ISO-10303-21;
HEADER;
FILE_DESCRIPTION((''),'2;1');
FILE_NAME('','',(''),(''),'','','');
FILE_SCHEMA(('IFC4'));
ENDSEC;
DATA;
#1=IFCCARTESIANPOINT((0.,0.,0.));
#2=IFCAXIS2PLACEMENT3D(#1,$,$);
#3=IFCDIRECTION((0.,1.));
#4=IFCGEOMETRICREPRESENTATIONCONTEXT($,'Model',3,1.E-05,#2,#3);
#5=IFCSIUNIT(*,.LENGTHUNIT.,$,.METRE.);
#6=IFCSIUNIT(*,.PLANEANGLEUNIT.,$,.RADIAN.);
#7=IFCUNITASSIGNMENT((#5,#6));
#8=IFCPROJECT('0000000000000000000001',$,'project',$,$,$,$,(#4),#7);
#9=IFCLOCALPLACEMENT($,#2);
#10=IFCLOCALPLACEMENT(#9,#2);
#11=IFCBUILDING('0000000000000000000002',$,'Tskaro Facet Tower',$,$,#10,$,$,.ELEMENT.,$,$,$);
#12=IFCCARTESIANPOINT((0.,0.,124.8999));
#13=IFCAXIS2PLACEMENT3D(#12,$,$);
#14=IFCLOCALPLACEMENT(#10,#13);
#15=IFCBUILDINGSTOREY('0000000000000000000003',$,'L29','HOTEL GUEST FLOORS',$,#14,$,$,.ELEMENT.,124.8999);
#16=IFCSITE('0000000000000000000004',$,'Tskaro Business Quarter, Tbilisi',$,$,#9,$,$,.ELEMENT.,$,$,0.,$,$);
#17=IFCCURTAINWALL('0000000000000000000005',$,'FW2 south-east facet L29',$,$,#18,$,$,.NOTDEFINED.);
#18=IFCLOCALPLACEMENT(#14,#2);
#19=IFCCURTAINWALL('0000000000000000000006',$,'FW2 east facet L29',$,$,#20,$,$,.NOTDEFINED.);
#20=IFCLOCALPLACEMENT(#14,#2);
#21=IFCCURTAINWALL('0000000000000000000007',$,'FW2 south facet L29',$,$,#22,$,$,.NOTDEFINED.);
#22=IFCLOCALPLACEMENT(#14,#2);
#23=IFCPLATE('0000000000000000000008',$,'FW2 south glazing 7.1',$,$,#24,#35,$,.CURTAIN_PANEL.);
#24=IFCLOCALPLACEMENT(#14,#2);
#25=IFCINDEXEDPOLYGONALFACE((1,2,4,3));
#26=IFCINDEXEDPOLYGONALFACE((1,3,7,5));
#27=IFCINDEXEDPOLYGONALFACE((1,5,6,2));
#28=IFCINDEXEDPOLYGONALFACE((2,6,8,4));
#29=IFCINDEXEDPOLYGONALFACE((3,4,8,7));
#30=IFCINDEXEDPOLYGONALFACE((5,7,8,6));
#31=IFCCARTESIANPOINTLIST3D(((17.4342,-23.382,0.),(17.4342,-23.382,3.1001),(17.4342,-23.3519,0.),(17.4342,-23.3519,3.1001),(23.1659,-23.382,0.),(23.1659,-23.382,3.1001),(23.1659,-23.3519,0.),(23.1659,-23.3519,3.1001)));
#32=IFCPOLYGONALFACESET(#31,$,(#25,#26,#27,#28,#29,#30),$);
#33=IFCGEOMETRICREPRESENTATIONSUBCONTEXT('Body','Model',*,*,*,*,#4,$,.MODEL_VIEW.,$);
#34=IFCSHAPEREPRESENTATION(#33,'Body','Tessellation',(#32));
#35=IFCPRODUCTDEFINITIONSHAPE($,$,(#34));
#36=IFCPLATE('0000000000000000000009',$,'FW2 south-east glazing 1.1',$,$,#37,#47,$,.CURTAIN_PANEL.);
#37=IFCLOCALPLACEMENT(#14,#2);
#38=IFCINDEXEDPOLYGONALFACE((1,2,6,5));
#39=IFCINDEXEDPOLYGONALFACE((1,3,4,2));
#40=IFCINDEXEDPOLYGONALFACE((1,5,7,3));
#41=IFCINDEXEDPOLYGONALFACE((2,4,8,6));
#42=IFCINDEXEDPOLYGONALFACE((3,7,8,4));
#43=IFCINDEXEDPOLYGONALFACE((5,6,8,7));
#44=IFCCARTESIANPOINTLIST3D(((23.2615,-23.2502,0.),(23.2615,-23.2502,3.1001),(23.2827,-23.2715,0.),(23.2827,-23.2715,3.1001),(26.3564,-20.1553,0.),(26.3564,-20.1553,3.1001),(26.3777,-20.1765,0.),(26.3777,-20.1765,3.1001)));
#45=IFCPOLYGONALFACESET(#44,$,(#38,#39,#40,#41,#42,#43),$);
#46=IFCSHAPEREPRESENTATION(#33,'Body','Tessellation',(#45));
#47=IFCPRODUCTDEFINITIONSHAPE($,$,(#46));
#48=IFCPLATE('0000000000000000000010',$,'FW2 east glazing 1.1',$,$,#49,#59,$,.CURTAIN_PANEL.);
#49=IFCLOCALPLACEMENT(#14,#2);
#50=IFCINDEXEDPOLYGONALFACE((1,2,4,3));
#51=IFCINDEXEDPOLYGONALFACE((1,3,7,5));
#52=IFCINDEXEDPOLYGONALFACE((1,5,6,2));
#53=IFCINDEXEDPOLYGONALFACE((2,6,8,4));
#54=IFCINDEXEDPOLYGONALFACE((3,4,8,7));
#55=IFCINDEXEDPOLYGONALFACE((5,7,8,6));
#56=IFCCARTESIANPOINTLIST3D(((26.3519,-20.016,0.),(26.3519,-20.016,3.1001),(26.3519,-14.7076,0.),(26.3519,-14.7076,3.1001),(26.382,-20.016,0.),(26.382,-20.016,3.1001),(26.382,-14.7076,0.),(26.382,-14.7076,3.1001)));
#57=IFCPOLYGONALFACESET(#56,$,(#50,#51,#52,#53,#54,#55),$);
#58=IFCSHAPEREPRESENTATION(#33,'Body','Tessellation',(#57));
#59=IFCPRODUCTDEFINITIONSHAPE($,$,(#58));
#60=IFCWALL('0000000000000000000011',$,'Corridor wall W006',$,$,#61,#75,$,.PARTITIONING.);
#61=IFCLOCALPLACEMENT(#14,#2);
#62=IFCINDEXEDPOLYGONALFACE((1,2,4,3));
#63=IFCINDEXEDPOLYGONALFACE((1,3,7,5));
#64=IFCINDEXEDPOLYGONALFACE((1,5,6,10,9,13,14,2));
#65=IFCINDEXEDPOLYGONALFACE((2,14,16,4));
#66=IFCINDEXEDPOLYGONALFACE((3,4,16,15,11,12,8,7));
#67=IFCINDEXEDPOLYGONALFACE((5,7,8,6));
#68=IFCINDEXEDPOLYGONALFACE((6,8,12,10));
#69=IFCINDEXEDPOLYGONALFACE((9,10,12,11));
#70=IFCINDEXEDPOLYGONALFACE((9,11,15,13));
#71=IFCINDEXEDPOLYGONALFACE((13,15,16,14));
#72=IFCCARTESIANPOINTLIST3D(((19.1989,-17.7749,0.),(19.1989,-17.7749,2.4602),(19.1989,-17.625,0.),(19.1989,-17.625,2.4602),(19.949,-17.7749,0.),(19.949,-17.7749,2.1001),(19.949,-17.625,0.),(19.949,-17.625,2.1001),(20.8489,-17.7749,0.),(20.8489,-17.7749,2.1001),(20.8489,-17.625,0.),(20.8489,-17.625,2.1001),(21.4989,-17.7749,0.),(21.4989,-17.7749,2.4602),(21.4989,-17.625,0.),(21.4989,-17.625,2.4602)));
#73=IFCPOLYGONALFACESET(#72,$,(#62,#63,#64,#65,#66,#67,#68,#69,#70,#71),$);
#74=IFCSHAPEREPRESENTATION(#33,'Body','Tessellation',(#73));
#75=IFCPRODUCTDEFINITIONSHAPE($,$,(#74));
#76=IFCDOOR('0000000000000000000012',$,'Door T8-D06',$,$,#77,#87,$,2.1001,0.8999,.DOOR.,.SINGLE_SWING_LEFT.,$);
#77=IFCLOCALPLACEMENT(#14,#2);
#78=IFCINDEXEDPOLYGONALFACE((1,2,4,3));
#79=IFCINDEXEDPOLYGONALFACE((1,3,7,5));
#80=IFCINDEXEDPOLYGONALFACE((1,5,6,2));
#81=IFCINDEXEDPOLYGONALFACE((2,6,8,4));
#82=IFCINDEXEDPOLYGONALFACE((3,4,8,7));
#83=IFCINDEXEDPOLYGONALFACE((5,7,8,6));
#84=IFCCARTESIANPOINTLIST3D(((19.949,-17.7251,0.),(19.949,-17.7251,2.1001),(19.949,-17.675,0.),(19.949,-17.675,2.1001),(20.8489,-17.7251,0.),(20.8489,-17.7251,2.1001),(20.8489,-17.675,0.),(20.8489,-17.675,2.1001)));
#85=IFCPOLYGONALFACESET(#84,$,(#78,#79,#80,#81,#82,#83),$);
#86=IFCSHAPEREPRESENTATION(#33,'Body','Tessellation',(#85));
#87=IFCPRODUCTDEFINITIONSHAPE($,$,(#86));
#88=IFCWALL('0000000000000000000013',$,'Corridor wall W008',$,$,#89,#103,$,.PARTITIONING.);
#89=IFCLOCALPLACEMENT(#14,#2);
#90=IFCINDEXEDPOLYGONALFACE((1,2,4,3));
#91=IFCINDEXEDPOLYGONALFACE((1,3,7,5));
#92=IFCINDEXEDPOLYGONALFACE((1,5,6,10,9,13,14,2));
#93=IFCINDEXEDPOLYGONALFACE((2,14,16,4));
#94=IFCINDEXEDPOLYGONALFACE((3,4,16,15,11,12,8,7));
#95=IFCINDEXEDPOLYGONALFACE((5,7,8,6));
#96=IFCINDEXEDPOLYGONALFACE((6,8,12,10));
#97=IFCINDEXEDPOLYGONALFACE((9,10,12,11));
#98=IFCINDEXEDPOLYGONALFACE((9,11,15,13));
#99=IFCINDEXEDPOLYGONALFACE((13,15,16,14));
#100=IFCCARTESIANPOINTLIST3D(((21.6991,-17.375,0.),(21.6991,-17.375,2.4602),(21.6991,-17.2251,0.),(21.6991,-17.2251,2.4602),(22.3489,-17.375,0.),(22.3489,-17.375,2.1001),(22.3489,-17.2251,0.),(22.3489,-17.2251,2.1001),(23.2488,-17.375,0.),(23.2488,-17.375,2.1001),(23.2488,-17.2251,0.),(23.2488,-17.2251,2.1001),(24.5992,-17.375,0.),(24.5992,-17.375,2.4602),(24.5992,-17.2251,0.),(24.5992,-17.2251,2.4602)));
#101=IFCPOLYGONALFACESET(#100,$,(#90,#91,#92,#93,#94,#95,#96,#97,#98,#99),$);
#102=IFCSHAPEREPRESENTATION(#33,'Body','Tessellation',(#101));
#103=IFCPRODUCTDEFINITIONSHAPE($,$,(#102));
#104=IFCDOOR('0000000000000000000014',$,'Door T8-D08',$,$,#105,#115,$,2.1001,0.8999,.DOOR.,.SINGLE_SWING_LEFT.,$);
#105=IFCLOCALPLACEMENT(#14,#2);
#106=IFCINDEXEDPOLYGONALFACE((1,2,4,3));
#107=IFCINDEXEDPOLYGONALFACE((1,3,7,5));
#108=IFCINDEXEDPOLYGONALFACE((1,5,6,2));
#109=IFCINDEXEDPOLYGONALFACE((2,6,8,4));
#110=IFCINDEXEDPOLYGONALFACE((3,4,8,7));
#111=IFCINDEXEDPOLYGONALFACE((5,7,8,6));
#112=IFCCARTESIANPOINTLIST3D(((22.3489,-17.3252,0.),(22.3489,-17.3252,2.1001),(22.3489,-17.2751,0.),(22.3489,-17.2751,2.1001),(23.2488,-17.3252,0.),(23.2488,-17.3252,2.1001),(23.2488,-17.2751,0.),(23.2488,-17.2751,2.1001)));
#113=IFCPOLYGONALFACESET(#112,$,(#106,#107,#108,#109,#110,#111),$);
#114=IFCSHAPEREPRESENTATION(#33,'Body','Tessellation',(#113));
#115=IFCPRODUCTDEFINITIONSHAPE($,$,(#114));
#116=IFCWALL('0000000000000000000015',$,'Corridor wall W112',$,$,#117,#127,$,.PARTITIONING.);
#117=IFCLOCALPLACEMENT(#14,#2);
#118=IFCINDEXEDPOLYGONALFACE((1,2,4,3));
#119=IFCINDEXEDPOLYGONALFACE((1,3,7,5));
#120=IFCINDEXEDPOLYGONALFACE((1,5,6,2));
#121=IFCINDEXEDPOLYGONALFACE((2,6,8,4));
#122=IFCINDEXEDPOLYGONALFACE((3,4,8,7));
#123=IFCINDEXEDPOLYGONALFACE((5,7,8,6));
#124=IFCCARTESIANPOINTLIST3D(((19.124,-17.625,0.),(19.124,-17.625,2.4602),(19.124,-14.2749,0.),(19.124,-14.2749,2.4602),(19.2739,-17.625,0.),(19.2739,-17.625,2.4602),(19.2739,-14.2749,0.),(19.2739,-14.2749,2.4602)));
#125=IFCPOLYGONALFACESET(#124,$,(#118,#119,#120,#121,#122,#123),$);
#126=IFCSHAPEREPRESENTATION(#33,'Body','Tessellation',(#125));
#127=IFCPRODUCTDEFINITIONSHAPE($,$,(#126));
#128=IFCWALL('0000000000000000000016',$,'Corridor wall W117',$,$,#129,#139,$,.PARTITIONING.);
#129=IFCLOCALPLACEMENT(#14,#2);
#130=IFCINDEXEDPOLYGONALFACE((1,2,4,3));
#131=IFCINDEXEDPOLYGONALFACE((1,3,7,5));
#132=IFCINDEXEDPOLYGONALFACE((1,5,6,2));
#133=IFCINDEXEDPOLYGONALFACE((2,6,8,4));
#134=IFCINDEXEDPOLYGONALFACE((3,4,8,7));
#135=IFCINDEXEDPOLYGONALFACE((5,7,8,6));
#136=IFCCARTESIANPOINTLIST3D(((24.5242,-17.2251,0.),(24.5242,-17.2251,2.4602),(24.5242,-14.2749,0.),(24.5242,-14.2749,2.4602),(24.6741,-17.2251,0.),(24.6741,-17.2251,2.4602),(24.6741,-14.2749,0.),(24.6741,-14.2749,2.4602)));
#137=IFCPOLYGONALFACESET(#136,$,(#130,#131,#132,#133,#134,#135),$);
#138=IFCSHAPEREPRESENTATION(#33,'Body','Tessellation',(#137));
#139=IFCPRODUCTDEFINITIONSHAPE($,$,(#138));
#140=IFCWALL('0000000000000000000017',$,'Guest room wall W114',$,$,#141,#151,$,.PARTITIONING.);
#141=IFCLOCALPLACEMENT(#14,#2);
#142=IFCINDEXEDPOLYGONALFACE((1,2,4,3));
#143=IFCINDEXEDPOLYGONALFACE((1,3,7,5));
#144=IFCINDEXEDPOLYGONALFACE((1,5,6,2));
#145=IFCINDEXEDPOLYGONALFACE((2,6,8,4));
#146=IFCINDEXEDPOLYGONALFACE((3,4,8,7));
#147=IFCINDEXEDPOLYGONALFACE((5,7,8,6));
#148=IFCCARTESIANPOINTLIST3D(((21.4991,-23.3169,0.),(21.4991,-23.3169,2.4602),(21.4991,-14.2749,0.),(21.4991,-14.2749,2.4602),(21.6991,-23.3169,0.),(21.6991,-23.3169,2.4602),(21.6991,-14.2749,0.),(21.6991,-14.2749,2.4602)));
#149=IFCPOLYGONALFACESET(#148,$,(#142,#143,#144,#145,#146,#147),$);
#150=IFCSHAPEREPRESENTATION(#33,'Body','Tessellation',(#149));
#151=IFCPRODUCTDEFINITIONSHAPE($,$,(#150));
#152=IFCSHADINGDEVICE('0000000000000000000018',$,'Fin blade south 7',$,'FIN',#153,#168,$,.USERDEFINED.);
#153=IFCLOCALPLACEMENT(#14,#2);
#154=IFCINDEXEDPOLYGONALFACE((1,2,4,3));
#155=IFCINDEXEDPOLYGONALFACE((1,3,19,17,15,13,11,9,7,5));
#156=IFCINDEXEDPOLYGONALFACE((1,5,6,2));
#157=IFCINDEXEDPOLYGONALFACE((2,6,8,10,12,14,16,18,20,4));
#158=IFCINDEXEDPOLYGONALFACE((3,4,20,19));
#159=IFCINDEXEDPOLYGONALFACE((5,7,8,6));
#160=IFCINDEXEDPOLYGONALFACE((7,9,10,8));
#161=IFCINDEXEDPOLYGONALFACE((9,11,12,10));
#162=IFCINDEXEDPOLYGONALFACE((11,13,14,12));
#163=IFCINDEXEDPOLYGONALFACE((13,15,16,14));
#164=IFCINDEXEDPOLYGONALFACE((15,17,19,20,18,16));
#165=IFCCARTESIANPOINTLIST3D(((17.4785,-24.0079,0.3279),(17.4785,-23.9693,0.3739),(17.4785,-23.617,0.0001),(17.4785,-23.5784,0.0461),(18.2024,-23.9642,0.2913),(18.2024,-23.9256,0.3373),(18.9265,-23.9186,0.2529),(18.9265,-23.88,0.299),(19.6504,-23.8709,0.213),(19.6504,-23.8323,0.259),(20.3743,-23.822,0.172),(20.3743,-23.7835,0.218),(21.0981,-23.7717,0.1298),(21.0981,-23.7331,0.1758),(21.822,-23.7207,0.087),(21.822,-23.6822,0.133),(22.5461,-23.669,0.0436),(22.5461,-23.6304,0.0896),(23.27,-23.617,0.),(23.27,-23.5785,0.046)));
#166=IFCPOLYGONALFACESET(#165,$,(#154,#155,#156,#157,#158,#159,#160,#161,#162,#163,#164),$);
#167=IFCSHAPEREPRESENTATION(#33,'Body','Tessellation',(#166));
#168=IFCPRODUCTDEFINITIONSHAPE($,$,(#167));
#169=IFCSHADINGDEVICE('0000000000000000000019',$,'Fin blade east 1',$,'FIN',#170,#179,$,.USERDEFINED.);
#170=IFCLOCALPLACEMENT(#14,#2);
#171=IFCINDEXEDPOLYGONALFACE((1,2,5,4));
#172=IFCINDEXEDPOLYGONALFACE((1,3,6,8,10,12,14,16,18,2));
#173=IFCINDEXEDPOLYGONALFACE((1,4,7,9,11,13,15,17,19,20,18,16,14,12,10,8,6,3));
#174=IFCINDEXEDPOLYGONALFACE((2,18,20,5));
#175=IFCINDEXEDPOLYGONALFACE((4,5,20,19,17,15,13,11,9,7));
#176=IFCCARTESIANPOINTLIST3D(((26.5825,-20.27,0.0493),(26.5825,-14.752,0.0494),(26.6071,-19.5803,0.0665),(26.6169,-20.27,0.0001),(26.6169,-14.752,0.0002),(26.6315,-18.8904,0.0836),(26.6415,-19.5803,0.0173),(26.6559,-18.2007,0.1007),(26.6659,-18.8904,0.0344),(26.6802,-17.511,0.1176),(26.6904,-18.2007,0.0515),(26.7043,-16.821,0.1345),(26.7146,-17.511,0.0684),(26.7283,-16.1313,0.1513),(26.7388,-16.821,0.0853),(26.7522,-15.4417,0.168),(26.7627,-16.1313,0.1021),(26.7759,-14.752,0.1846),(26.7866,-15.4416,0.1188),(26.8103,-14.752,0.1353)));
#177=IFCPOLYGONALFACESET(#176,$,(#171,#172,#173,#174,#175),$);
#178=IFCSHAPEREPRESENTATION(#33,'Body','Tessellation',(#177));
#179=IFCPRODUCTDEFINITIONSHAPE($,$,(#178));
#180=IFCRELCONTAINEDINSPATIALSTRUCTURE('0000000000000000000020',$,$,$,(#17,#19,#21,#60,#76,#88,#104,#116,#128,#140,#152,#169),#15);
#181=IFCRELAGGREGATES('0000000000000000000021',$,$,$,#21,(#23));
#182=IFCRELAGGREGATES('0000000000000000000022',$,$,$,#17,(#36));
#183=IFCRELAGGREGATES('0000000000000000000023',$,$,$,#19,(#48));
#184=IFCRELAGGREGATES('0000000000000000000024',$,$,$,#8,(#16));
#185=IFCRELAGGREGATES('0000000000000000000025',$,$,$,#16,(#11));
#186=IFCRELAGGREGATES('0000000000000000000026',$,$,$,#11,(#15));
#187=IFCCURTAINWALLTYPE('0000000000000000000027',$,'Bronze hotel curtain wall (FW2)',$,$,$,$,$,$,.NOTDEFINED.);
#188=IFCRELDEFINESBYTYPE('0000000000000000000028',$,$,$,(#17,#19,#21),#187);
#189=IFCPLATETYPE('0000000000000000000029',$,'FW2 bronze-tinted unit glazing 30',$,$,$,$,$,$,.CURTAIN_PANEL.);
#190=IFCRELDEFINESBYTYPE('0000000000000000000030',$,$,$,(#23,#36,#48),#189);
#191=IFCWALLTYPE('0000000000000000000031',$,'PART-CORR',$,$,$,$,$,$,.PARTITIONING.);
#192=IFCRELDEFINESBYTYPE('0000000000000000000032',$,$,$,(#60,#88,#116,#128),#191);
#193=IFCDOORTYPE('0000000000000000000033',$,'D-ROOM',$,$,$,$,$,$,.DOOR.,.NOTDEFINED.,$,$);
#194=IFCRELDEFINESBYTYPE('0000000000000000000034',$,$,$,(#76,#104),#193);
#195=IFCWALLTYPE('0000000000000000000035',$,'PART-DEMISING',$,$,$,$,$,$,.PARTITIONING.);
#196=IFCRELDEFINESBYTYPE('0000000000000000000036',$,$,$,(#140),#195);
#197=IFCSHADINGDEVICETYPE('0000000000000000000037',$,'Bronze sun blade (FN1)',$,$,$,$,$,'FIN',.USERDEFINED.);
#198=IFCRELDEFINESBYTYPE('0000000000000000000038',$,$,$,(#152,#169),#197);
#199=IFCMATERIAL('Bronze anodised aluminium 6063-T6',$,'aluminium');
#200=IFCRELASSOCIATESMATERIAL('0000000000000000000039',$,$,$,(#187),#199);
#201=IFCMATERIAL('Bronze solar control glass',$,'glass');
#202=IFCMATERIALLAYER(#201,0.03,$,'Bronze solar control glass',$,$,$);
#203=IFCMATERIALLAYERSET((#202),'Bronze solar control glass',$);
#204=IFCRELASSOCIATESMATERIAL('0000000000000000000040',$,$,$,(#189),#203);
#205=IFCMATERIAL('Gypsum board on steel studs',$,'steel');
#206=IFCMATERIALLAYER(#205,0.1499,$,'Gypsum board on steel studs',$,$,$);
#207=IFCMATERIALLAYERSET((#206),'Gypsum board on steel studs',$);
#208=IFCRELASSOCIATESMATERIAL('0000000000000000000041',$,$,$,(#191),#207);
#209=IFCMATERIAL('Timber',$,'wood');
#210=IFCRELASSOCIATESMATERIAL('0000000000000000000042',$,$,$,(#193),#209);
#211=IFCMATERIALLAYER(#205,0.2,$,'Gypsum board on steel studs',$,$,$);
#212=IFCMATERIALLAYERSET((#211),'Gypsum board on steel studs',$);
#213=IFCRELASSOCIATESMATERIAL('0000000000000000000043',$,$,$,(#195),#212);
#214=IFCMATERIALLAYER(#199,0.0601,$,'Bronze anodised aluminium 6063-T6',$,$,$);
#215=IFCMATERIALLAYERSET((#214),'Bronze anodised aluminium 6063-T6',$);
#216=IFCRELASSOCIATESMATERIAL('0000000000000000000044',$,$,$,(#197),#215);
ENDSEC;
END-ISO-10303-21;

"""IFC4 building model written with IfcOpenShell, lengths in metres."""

from ifc_helpers import new_model, si_unit, direction, frame, frame_2d, origin, origin_2d, place, context, subcontext, project, spatial, polyline, rectangle, outline, extrude, material, layer, layer_set, type_object, element, fill, aggregate, save


model = new_model("IFC4")

# Units and contexts
model_context = context("Model", 3, precision=1e-05, world=origin(), true_north=direction((0.0, 1.0)))
body_context = subcontext(model_context, "Body", "Model", "MODEL_VIEW")
ifc_project = project(units=[si_unit("LENGTHUNIT", "METRE"), si_unit("PLANEANGLEUNIT", "RADIAN")], contexts=[model_context])

# Site, building, storey
site_placement = place(None, origin())
site = spatial("IfcSite", under=ifc_project, at=site_placement, Name="Tskaro Business Quarter, Tbilisi", CompositionType="ELEMENT", RefElevation=0.0)
building_placement = place(site_placement, origin())
building = spatial("IfcBuilding", under=site, at=building_placement, Name="Tskaro Facet Tower", CompositionType="ELEMENT")
storey_placement = place(building_placement, frame((0.0, 0.0, 124.8999)))
storey = spatial("IfcBuildingStorey", under=building, at=storey_placement, Name="L29", Description="HOTEL GUEST FLOORS", CompositionType="ELEMENT", Elevation=124.8999)

# Curtain wall
ifc_material_1 = material(Name="Bronze anodised aluminium 6063-T6", Category="aluminium")
curtain_wall_type = type_object("IfcCurtainWallType", Name="Bronze hotel curtain wall (FW2)", PredefinedType="NOTDEFINED", material=ifc_material_1)
curtain_wall_1_placement = place(storey_placement, origin())
curtain_wall_1 = element("IfcCurtainWall", 1, at=curtain_wall_1_placement, inside=storey, type_object=curtain_wall_type, Name="FW2 south-east facet L29", PredefinedType="NOTDEFINED")

# Curtain wall
curtain_wall_2_placement = place(storey_placement, origin())
curtain_wall_2 = element("IfcCurtainWall", 2, at=curtain_wall_2_placement, inside=storey, type_object=curtain_wall_type, Name="FW2 east facet L29", PredefinedType="NOTDEFINED")

# Curtain wall, plate
curtain_wall_3_placement = place(storey_placement, origin())
curtain_wall_3 = element("IfcCurtainWall", 3, at=curtain_wall_3_placement, inside=storey, type_object=curtain_wall_type, Name="FW2 south facet L29", PredefinedType="NOTDEFINED")
ifc_material_2 = material(Name="Bronze solar control glass", Category="glass")
ifc_layer_1 = layer(ifc_material_2, 0.03, Name="Bronze solar control glass")
ifc_layer_set_1 = layer_set([ifc_layer_1], Name="Bronze solar control glass")
plate_type = type_object("IfcPlateType", Name="FW2 bronze-tinted unit glazing 30", PredefinedType="CURTAIN_PANEL", material=ifc_layer_set_1)
plate_1_placement = place(storey_placement, frame((20.3, -23.3669, 0.0), z_axis=(0.0, 0.0, 1.0), x_axis=(1.0, 0.0, 0.0)))
plate_1 = element("IfcPlate", 4, at=plate_1_placement, type_object=plate_type, Name="FW2 south glazing 7.1", PredefinedType="CURTAIN_PANEL", context=body_context, shape_type="SweptSolid", body=[
    extrude(rectangle(XDim=5.7317, YDim=0.03, at=origin_2d()), origin(), (0.0, 0.0, 1.0), 3.1001),
])
aggregate(curtain_wall_3, [plate_1])

# Plates
plate_2_placement = place(storey_placement, frame((24.8196, -21.7134, 0.0), z_axis=(0.0, 0.0, 1.0), x_axis=(0.707107, 0.707107, 0.0)))
plate_2 = element("IfcPlate", 5, at=plate_2_placement, type_object=plate_type, Name="FW2 south-east glazing 1.1", PredefinedType="CURTAIN_PANEL", context=body_context, shape_type="SweptSolid", body=[
    extrude(rectangle(XDim=4.377, YDim=0.03, at=origin_2d()), origin(), (0.0, 0.0, 1.0), 3.1001),
])
aggregate(curtain_wall_1, [plate_2])
plate_3_placement = place(storey_placement, frame((26.3669, -17.3618, 0.0), z_axis=(0.0, 0.0, 1.0), x_axis=(0.0, 1.0, 0.0)))
plate_3 = element("IfcPlate", 6, at=plate_3_placement, type_object=plate_type, Name="FW2 east glazing 1.1", PredefinedType="CURTAIN_PANEL", context=body_context, shape_type="SweptSolid", body=[
    extrude(rectangle(XDim=5.3083, YDim=0.03, at=origin_2d()), origin(), (0.0, 0.0, 1.0), 3.1001),
])
aggregate(curtain_wall_2, [plate_3])

# Walls, openings, doors
ifc_material_3 = material(Name="Gypsum board on steel studs", Category="steel")
ifc_layer_2 = layer(ifc_material_3, 0.1499, Name="Gypsum board on steel studs")
ifc_layer_set_2 = layer_set([ifc_layer_2], Name="Gypsum board on steel studs")
wall_type_1 = type_object("IfcWallType", Name="PART-CORR", PredefinedType="PARTITIONING", material=ifc_layer_set_2)
wall_1_placement = place(storey_placement, frame((19.199, -17.7, 0.0), z_axis=(0.0, 0.0, 1.0), x_axis=(1.0, 0.0, 0.0)))
wall_1 = element("IfcWall", 7, at=wall_1_placement, inside=storey, type_object=wall_type_1, Name="Corridor wall W006", PredefinedType="PARTITIONING", context=body_context, shape_type="SweptSolid", body=[
    extrude(rectangle(XDim=2.3, YDim=0.1499, at=frame_2d((1.1499, 0.0))), origin(), (0.0, 0.0, 1.0), 2.4602),
])
opening_1_placement = place(wall_1_placement, frame((0.75, 0.0, 0.0)))
opening_1 = element("IfcOpeningElement", 8, at=opening_1_placement, cuts=wall_1, PredefinedType="OPENING", context=body_context, shape_type="SweptSolid", body=[
    extrude(rectangle(XDim=0.8999, YDim=2.1001, at=frame_2d((0.45, 1.05))), frame((0.0, 0.085, 0.0), z_axis=(0.0, -1.0, 0.0), x_axis=(1.0, 0.0, 0.0)), (0.0, 0.0, 1.0), 0.1699),
])
ifc_material_4 = material(Name="Timber", Category="wood")
door_type = type_object("IfcDoorType", Name="D-ROOM", OperationType="NOTDEFINED", PredefinedType="DOOR", material=ifc_material_4)
door_1_placement = place(opening_1_placement, origin())
door_1 = element("IfcDoor", 9, at=door_1_placement, inside=storey, type_object=door_type, Name="Door T8-D06", OperationType="SINGLE_SWING_LEFT", OverallHeight=2.1001, OverallWidth=0.8999, PredefinedType="DOOR", context=body_context, shape_type="SweptSolid", body=[
    extrude(rectangle(XDim=0.8999, YDim=2.1001, at=frame_2d((0.45, 1.05))), frame((0.0, 0.0249, 0.0), z_axis=(0.0, -1.0, 0.0), x_axis=(1.0, 0.0, 0.0)), (0.0, 0.0, 1.0), 0.05),
])
fill(opening_1, door_1)
wall_2_placement = place(storey_placement, frame((21.699, -17.3, 0.0), z_axis=(0.0, 0.0, 1.0), x_axis=(1.0, 0.0, 0.0)))
wall_2 = element("IfcWall", 10, at=wall_2_placement, inside=storey, type_object=wall_type_1, Name="Corridor wall W008", PredefinedType="PARTITIONING", context=body_context, shape_type="SweptSolid", body=[
    extrude(rectangle(XDim=2.9001, YDim=0.1499, at=frame_2d((1.4502, 0.0))), origin(), (0.0, 0.0, 1.0), 2.4602),
])
opening_2_placement = place(wall_2_placement, frame((0.6499, 0.0, 0.0)))
opening_2 = element("IfcOpeningElement", 11, at=opening_2_placement, cuts=wall_2, PredefinedType="OPENING", context=body_context, shape_type="SweptSolid", body=[
    extrude(rectangle(XDim=0.8999, YDim=2.1001, at=frame_2d((0.45, 1.05))), frame((0.0, 0.085, 0.0), z_axis=(0.0, -1.0, 0.0), x_axis=(1.0, 0.0, 0.0)), (0.0, 0.0, 1.0), 0.1699),
])
door_2_placement = place(opening_2_placement, origin())
door_2 = element("IfcDoor", 12, at=door_2_placement, inside=storey, type_object=door_type, Name="Door T8-D08", OperationType="SINGLE_SWING_LEFT", OverallHeight=2.1001, OverallWidth=0.8999, PredefinedType="DOOR", context=body_context, shape_type="SweptSolid", body=[
    extrude(rectangle(XDim=0.8999, YDim=2.1001, at=frame_2d((0.45, 1.05))), frame((0.0, 0.0249, 0.0), z_axis=(0.0, -1.0, 0.0), x_axis=(1.0, 0.0, 0.0)), (0.0, 0.0, 1.0), 0.05),
])
fill(opening_2, door_2)

# Walls
wall_3_placement = place(storey_placement, frame((19.199, -17.625, 0.0), z_axis=(0.0, 0.0, 1.0), x_axis=(0.0, 1.0, 0.0)))
element("IfcWall", 13, at=wall_3_placement, inside=storey, type_object=wall_type_1, Name="Corridor wall W112", PredefinedType="PARTITIONING", context=body_context, shape_type="SweptSolid", body=[
    extrude(rectangle(XDim=3.3501, YDim=0.1499, at=frame_2d((1.675, 0.0))), origin(), (0.0, 0.0, 1.0), 2.4602),
])
wall_4_placement = place(storey_placement, frame((24.5991, -17.2251, 0.0), z_axis=(0.0, 0.0, 1.0), x_axis=(0.0, 1.0, 0.0)))
element("IfcWall", 14, at=wall_4_placement, inside=storey, type_object=wall_type_1, Name="Corridor wall W117", PredefinedType="PARTITIONING", context=body_context, shape_type="SweptSolid", body=[
    extrude(rectangle(XDim=2.9502, YDim=0.1499, at=frame_2d((1.4751, 0.0))), origin(), (0.0, 0.0, 1.0), 2.4602),
])
ifc_layer_3 = layer(ifc_material_3, 0.2, Name="Gypsum board on steel studs")
ifc_layer_set_3 = layer_set([ifc_layer_3], Name="Gypsum board on steel studs")
wall_type_2 = type_object("IfcWallType", Name="PART-DEMISING", PredefinedType="PARTITIONING", material=ifc_layer_set_3)
wall_5_placement = place(storey_placement, frame((21.5991, -23.3169, 0.0), z_axis=(0.0, 0.0, 1.0), x_axis=(0.0, 1.0, 0.0)))
element("IfcWall", 15, at=wall_5_placement, inside=storey, type_object=wall_type_2, Name="Guest room wall W114", PredefinedType="PARTITIONING", context=body_context, shape_type="SweptSolid", body=[
    extrude(rectangle(XDim=9.042, YDim=0.2, at=frame_2d((4.521, 0.0))), origin(), (0.0, 0.0, 1.0), 2.4602),
])

# Shading devices
ifc_layer_4 = layer(ifc_material_1, 0.0601, Name="Bronze anodised aluminium 6063-T6")
ifc_layer_set_4 = layer_set([ifc_layer_4], Name="Bronze anodised aluminium 6063-T6")
shading_device_type = type_object("IfcShadingDeviceType", Name="Bronze sun blade (FN1)", ElementType="FIN", PredefinedType="USERDEFINED", material=ifc_layer_set_4)
shading_device_1_placement = place(storey_placement, frame((17.4785, -23.5784, 0.0461), z_axis=(0.000023, 0.642479, 0.766303), x_axis=(1.0, -0.000015, -0.000018)))
element("IfcShadingDevice", 16, at=shading_device_1_placement, inside=storey, type_object=shading_device_type, Name="Fin blade south 7", ObjectType="FIN", PredefinedType="USERDEFINED", context=body_context, shape_type="SweptSolid", body=[
    extrude(outline(polyline([(0.0, 0.0), (5.7915, 0.0), (5.0676, -0.0678), (4.3435, -0.1354), (3.6196, -0.2019), (2.8958, -0.2676), (2.1719, -0.3313), (1.448, -0.3936), (0.7239, -0.4532), (0.0, -0.5102), (0.0, 0.0)])), origin(), (0.0, 0.0, -1.0), 0.0601),
])
shading_device_2_placement = place(storey_placement, frame((26.5825, -20.27, 0.0493), z_axis=(-0.572945, -0.000013, 0.819594), x_axis=(-0.000007, 1.0, 0.00001)))
element("IfcShadingDevice", 17, at=shading_device_2_placement, inside=storey, type_object=shading_device_type, Name="Fin blade east 1", ObjectType="FIN", PredefinedType="USERDEFINED", context=body_context, shape_type="SweptSolid", body=[
    extrude(outline(polyline([(0.0, 0.0), (5.5181, 0.0), (5.5181, -0.236), (4.8284, -0.207), (4.1387, -0.1779), (3.449, -0.1487), (2.759, -0.1192), (2.0693, -0.0896), (1.3796, -0.0598), (0.6897, -0.03), (0.0, 0.0)])), origin(), (0.0, 0.0, -1.0), 0.0601),
])

save(model, "model.ifc")
